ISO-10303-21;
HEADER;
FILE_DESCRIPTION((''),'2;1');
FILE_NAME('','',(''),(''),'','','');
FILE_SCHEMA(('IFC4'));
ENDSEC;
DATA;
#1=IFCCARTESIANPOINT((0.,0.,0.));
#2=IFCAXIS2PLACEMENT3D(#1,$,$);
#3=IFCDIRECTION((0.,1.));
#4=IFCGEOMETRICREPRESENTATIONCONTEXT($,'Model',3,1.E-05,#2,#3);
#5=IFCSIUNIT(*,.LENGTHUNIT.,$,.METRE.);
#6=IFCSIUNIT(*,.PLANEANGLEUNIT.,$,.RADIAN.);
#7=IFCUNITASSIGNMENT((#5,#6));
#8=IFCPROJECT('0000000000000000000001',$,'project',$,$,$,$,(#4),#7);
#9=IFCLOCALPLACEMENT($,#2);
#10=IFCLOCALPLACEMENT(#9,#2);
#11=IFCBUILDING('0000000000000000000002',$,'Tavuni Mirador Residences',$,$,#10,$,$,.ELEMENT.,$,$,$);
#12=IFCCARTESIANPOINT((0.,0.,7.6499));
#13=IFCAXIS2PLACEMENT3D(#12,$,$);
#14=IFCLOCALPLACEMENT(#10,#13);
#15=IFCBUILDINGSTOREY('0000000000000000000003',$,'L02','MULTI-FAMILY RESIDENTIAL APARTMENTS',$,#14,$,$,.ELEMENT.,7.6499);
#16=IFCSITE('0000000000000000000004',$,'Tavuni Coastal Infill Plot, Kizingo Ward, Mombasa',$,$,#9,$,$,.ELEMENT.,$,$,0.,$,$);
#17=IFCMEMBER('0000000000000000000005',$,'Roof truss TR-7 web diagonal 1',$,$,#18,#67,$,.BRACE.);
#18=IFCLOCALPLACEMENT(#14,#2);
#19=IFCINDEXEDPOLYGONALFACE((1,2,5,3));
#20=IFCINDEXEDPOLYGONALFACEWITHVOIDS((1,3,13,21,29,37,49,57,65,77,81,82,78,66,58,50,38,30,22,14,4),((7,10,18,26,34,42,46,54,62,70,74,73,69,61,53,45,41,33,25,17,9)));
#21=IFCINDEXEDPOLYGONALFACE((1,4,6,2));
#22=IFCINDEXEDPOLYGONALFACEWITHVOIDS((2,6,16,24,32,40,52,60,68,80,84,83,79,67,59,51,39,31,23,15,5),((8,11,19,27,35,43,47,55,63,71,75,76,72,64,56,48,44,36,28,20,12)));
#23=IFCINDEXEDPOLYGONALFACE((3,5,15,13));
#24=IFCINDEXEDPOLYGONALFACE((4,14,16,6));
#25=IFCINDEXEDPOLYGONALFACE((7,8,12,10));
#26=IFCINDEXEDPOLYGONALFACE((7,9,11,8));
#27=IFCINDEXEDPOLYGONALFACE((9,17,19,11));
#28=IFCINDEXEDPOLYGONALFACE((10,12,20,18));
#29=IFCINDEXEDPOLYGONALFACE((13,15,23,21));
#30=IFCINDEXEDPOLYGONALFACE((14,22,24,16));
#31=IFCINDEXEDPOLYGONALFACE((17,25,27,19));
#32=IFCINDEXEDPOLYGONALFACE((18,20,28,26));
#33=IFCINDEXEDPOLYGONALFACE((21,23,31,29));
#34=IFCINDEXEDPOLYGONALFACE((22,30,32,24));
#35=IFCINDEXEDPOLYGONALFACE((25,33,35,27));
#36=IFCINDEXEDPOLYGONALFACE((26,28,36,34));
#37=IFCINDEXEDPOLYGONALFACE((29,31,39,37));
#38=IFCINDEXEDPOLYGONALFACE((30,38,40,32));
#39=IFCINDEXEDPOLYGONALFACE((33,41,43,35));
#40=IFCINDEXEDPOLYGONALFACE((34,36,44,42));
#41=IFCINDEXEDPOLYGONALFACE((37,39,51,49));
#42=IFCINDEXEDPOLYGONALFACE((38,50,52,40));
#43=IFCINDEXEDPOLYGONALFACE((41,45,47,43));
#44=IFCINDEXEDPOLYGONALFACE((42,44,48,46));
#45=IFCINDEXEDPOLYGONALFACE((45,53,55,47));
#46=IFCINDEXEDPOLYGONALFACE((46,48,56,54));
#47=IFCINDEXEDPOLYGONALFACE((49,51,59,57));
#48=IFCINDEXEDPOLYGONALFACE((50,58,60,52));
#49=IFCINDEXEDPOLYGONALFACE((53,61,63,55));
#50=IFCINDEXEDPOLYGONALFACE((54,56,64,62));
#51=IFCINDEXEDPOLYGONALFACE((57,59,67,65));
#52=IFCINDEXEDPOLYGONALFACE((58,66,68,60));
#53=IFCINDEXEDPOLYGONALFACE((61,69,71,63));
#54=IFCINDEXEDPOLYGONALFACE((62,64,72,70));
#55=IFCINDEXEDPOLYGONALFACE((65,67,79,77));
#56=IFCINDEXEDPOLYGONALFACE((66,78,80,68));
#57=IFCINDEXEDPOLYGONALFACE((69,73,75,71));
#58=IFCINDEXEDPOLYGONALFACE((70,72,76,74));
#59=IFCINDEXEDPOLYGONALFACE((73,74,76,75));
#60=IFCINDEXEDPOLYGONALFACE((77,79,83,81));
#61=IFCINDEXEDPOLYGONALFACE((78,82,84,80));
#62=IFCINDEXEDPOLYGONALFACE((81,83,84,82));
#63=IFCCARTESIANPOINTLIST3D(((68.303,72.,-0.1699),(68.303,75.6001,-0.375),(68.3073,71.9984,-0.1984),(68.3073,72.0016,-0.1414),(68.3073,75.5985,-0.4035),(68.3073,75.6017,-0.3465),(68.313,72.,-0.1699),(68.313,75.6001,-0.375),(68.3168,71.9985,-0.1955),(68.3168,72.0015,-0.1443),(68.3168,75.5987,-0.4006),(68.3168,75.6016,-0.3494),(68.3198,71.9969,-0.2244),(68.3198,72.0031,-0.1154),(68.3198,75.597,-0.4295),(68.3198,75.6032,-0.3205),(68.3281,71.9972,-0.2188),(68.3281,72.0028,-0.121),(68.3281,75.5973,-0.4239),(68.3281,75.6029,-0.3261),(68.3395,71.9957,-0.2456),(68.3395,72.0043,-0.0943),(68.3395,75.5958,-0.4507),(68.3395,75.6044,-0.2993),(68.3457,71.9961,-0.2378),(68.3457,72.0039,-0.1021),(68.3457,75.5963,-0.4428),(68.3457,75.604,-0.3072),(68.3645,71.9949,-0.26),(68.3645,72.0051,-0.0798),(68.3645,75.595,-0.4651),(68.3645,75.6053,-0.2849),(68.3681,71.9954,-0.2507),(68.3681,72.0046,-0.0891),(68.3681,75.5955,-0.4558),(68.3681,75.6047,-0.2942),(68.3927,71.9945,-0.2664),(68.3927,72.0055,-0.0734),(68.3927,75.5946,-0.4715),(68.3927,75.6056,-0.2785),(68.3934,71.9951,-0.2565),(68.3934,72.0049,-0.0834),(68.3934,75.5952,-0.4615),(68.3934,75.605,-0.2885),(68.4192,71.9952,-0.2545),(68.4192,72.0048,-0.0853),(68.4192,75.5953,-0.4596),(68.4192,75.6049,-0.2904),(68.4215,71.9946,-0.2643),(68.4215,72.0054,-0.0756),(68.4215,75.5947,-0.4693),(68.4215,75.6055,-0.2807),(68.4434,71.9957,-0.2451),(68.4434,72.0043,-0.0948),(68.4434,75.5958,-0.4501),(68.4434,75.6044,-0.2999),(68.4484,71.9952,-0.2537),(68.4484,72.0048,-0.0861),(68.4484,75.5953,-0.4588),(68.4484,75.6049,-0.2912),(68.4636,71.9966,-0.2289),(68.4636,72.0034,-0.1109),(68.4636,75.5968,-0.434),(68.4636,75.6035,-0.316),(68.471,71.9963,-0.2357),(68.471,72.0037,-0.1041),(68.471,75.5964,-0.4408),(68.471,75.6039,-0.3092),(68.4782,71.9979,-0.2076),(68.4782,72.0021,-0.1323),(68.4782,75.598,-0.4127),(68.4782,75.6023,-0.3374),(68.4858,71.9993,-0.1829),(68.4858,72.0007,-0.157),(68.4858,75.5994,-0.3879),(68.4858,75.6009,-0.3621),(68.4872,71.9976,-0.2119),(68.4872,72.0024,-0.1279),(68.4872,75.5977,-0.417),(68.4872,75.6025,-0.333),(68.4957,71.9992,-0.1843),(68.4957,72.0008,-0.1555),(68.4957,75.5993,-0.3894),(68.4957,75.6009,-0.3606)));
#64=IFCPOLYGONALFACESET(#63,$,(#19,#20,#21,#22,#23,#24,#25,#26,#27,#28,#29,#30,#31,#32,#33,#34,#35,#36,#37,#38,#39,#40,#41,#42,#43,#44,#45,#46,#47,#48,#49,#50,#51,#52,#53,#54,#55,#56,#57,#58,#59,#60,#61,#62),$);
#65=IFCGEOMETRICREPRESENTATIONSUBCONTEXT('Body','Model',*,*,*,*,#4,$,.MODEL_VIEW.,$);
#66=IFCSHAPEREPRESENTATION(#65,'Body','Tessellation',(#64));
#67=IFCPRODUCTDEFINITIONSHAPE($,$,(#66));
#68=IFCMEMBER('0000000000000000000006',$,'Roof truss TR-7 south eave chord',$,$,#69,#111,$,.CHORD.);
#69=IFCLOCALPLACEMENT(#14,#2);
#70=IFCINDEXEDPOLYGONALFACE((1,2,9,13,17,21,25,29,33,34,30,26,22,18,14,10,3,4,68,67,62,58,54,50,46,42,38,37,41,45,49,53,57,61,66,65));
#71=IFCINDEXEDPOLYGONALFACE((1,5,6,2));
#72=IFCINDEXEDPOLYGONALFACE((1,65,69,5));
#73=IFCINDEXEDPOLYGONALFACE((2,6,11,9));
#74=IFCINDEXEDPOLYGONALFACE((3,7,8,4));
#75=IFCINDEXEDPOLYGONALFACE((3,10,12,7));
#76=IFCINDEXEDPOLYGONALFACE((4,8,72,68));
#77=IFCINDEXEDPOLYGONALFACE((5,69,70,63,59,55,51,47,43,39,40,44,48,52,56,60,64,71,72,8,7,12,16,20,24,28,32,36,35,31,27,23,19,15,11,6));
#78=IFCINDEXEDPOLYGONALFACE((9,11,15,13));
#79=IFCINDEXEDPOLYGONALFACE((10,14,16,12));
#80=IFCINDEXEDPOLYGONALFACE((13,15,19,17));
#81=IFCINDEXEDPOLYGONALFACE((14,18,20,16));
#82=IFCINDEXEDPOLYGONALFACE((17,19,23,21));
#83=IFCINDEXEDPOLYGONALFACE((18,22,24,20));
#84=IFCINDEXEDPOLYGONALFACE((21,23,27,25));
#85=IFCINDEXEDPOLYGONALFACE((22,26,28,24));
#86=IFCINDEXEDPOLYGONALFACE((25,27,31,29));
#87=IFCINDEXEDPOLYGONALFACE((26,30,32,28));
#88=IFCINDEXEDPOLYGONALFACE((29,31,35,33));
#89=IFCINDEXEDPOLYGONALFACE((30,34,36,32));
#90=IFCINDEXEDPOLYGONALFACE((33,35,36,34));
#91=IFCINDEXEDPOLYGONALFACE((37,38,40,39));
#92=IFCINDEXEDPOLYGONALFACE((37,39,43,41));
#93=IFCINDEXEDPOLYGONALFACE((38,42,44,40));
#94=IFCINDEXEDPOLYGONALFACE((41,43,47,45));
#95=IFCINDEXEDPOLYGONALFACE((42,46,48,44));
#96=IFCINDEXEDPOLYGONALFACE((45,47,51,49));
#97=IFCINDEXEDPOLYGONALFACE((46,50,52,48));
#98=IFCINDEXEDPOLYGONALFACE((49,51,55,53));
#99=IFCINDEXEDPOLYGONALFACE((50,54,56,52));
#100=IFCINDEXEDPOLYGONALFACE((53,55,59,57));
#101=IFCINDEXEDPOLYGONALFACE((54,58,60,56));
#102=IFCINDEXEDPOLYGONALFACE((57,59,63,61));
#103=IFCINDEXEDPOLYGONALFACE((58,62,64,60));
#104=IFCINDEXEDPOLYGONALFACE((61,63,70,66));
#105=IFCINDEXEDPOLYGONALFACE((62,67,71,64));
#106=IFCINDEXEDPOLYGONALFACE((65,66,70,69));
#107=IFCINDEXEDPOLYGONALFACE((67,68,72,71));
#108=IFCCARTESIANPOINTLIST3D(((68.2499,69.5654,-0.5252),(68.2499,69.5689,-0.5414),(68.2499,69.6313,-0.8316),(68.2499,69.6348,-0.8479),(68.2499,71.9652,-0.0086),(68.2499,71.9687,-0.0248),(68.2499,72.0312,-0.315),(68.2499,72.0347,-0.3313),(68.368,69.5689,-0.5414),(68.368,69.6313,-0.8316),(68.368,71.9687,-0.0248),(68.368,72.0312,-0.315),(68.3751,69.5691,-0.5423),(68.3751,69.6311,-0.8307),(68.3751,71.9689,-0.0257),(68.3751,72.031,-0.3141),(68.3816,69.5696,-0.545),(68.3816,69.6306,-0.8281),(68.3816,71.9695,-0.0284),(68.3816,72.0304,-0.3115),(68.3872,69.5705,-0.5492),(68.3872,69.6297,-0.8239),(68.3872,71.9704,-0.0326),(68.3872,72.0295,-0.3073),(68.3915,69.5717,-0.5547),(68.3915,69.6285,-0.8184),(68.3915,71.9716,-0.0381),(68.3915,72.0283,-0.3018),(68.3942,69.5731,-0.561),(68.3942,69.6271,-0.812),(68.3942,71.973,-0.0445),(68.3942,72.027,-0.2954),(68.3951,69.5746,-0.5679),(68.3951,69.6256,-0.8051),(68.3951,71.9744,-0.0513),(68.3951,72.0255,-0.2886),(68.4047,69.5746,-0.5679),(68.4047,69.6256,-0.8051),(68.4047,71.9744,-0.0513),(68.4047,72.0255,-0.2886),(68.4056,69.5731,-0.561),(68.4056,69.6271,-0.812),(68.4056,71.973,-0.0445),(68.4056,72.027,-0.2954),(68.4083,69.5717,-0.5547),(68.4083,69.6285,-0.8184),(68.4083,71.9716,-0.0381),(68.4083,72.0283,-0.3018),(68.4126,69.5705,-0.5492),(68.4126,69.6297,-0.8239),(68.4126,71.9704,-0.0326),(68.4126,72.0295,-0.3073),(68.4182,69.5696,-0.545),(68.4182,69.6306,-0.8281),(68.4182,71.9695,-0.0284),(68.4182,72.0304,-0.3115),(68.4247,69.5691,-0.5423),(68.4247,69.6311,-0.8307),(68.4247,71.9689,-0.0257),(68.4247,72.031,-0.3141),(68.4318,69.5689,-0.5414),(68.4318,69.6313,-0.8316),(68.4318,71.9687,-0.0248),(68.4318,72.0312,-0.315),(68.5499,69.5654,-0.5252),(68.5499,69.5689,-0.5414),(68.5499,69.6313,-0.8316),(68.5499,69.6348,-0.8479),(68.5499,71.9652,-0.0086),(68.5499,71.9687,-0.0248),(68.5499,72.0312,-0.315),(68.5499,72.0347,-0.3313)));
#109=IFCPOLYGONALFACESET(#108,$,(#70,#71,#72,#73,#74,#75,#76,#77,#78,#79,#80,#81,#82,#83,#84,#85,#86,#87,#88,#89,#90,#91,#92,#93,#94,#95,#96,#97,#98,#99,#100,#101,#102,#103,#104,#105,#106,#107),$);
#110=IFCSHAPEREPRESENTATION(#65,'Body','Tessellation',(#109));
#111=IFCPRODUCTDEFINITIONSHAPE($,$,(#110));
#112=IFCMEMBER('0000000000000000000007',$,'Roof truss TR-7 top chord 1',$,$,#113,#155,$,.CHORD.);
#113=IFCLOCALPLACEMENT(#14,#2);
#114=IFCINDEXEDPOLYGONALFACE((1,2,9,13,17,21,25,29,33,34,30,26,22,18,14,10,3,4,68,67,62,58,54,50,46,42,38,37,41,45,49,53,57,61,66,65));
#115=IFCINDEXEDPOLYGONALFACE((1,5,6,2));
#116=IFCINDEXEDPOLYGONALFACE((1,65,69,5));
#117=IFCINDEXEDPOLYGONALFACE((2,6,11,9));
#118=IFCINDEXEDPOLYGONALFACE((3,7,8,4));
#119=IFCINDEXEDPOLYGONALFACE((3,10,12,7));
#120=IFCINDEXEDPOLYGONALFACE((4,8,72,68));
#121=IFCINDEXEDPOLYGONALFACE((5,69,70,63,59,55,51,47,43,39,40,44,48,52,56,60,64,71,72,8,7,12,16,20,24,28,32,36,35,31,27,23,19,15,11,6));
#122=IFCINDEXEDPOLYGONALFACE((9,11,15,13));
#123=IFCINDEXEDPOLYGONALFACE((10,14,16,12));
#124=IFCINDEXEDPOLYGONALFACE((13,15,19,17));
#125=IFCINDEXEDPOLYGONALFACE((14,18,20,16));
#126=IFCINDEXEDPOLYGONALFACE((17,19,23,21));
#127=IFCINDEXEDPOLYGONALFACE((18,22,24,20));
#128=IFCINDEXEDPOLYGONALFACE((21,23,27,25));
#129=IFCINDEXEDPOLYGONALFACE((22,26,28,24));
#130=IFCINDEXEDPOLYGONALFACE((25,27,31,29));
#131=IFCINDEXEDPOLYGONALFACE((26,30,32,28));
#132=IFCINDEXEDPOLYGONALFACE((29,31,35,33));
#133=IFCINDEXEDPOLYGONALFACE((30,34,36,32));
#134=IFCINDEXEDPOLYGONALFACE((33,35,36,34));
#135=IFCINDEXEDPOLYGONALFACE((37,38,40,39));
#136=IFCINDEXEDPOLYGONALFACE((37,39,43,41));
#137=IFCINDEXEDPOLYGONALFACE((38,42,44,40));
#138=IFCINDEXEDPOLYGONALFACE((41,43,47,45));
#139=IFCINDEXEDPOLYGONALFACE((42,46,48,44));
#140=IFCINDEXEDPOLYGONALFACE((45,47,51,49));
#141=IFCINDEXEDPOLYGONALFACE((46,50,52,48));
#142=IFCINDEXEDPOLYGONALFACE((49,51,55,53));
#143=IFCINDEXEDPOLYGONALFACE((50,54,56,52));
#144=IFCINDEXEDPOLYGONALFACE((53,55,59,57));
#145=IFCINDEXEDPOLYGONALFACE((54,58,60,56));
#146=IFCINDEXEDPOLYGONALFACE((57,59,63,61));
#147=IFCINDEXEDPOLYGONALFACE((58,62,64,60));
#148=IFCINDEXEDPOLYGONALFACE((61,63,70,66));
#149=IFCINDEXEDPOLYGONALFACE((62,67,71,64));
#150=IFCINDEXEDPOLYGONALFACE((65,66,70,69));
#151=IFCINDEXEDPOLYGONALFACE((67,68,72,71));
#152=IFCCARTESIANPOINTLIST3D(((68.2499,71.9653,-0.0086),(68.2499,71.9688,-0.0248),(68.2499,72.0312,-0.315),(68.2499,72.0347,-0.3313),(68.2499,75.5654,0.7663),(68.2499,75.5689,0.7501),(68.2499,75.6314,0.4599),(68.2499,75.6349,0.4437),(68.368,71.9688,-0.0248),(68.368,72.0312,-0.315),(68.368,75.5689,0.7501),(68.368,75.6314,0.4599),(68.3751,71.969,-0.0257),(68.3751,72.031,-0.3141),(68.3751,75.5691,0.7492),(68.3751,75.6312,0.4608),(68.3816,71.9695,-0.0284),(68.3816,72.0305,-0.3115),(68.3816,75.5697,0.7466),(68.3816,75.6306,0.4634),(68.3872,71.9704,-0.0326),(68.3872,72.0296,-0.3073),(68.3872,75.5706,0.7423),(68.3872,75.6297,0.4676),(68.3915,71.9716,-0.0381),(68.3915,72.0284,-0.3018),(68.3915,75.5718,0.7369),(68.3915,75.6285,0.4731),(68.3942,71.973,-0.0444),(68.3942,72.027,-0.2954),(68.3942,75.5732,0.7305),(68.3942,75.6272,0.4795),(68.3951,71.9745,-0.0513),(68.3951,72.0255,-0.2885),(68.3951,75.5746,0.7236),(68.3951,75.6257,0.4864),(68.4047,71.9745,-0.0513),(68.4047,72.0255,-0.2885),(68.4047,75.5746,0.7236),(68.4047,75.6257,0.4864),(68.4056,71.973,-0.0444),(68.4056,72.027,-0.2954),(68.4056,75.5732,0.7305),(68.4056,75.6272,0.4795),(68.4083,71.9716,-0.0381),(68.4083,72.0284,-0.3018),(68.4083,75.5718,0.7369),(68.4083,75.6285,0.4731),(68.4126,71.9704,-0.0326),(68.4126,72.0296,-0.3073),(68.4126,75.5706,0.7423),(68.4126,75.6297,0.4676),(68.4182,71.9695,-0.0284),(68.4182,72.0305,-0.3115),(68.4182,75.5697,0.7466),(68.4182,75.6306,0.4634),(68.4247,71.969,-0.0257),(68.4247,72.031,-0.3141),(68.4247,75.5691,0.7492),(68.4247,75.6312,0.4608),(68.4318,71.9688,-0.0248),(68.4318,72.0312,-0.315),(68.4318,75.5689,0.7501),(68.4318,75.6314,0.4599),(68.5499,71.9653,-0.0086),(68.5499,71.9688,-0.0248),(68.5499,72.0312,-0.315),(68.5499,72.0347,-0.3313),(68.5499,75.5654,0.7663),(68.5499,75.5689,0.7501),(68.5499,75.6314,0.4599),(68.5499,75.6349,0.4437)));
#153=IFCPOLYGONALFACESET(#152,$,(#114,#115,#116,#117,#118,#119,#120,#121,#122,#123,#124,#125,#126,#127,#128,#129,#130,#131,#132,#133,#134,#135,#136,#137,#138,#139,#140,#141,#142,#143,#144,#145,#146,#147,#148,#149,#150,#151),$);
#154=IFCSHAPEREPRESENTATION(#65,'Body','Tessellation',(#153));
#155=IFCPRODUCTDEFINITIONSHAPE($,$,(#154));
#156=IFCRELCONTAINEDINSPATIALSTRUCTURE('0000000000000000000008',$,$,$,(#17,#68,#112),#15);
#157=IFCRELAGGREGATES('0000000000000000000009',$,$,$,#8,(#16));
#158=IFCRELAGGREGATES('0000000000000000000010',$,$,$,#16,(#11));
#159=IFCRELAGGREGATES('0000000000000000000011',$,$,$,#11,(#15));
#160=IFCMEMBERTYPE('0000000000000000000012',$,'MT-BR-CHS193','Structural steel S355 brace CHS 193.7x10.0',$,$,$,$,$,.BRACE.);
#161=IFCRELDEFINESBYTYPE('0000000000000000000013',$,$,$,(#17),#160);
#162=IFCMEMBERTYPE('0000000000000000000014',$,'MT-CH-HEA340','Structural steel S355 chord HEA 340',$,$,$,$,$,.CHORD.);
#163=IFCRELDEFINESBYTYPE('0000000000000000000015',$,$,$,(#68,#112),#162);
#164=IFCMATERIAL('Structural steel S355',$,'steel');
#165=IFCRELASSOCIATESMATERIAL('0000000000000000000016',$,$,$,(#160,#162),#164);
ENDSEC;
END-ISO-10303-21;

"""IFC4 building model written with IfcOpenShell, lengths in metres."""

from ifc_helpers import new_model, si_unit, direction, frame, origin, origin_2d, place, context, subcontext, project, spatial, hollow_circle, i_section, extrude, material, material_profile, profile_set, type_object, element, save


model = new_model("IFC4")

# Units and contexts
model_context = context("Model", 3, precision=1e-05, world=origin(), true_north=direction((0.0, 1.0)))
body_context = subcontext(model_context, "Body", "Model", "MODEL_VIEW")
ifc_project = project(units=[si_unit("LENGTHUNIT", "METRE"), si_unit("PLANEANGLEUNIT", "RADIAN")], contexts=[model_context])

# Site, building, storey
site_placement = place(None, origin())
site = spatial("IfcSite", under=ifc_project, at=site_placement, Name="Tavuni Coastal Infill Plot, Kizingo Ward, Mombasa", CompositionType="ELEMENT", RefElevation=0.0)
building_placement = place(site_placement, origin())
building = spatial("IfcBuilding", under=site, at=building_placement, Name="Tavuni Mirador Residences", CompositionType="ELEMENT")
storey_placement = place(building_placement, frame((0.0, 0.0, 7.6499)))
storey = spatial("IfcBuildingStorey", under=building, at=storey_placement, Name="L02", Description="MULTI-FAMILY RESIDENTIAL APARTMENTS", CompositionType="ELEMENT", Elevation=7.6499)

# Shared definitions
ifc_material_1 = material(Name="Structural steel S355", Category="steel")

# Members
ifc_material_profile_1 = material_profile(ifc_material_1, hollow_circle(Radius=0.0969, WallThickness=0.01, at=origin_2d()), Name="CHS 193.7x10.0", Category="steel")
ifc_profile_set_1 = profile_set([ifc_material_profile_1], Name="Structural steel S355")
member_type_1 = type_object("IfcMemberType", Name="MT-BR-CHS193", Description="Structural steel S355 brace CHS 193.7x10.0", PredefinedType="BRACE", material=ifc_profile_set_1)
member_1_placement = place(storey_placement, frame((68.3999, 72.0, -0.1699), z_axis=(0.0, 0.998381, -0.056872), x_axis=(-1.0, 0.0, 0.0)))
element("IfcMember", 1, at=member_1_placement, inside=storey, type_object=member_type_1, Name="Roof truss TR-7 web diagonal 1", PredefinedType="BRACE", context=body_context, shape_type="SweptSolid", body=[
    extrude(hollow_circle(Radius=0.0969, WallThickness=0.01, at=origin_2d()), origin(), (0.0, 0.0, 1.0), 3.606),
])
ifc_material_profile_2 = material_profile(ifc_material_1, i_section(OverallWidth=0.3, OverallDepth=0.3301, WebThickness=0.0095, FlangeThickness=0.0166, FilletRadius=0.0271, at=origin_2d()), Name="HEA 340", Category="steel")
ifc_profile_set_2 = profile_set([ifc_material_profile_2], Name="Structural steel S355")
member_type_2 = type_object("IfcMemberType", Name="MT-CH-HEA340", Description="Structural steel S355 chord HEA 340", PredefinedType="CHORD", material=ifc_profile_set_2)
member_2_placement = place(storey_placement, frame((68.3999, 69.6001, -0.6865), z_axis=(0.0, 0.977607, 0.210439), x_axis=(-1.0, 0.0, 0.0)))
element("IfcMember", 2, at=member_2_placement, inside=storey, type_object=member_type_2, Name="Roof truss TR-7 south eave chord", PredefinedType="CHORD", context=body_context, shape_type="SweptSolid", body=[
    extrude(i_section(OverallWidth=0.3, OverallDepth=0.3301, WebThickness=0.0095, FlangeThickness=0.0166, FilletRadius=0.0271, at=origin_2d()), origin(), (0.0, 0.0, 1.0), 2.4548),
])
member_3_placement = place(storey_placement, frame((68.3999, 72.0, -0.1699), z_axis=(0.0, 0.97761, 0.210425), x_axis=(-1.0, 0.0, 0.0)))
element("IfcMember", 3, at=member_3_placement, inside=storey, type_object=member_type_2, Name="Roof truss TR-7 top chord 1", PredefinedType="CHORD", context=body_context, shape_type="SweptSolid", body=[
    extrude(i_section(OverallWidth=0.3, OverallDepth=0.3301, WebThickness=0.0095, FlangeThickness=0.0166, FilletRadius=0.0271, at=origin_2d()), origin(), (0.0, 0.0, 1.0), 3.6826),
])

save(model, "model.ifc")
